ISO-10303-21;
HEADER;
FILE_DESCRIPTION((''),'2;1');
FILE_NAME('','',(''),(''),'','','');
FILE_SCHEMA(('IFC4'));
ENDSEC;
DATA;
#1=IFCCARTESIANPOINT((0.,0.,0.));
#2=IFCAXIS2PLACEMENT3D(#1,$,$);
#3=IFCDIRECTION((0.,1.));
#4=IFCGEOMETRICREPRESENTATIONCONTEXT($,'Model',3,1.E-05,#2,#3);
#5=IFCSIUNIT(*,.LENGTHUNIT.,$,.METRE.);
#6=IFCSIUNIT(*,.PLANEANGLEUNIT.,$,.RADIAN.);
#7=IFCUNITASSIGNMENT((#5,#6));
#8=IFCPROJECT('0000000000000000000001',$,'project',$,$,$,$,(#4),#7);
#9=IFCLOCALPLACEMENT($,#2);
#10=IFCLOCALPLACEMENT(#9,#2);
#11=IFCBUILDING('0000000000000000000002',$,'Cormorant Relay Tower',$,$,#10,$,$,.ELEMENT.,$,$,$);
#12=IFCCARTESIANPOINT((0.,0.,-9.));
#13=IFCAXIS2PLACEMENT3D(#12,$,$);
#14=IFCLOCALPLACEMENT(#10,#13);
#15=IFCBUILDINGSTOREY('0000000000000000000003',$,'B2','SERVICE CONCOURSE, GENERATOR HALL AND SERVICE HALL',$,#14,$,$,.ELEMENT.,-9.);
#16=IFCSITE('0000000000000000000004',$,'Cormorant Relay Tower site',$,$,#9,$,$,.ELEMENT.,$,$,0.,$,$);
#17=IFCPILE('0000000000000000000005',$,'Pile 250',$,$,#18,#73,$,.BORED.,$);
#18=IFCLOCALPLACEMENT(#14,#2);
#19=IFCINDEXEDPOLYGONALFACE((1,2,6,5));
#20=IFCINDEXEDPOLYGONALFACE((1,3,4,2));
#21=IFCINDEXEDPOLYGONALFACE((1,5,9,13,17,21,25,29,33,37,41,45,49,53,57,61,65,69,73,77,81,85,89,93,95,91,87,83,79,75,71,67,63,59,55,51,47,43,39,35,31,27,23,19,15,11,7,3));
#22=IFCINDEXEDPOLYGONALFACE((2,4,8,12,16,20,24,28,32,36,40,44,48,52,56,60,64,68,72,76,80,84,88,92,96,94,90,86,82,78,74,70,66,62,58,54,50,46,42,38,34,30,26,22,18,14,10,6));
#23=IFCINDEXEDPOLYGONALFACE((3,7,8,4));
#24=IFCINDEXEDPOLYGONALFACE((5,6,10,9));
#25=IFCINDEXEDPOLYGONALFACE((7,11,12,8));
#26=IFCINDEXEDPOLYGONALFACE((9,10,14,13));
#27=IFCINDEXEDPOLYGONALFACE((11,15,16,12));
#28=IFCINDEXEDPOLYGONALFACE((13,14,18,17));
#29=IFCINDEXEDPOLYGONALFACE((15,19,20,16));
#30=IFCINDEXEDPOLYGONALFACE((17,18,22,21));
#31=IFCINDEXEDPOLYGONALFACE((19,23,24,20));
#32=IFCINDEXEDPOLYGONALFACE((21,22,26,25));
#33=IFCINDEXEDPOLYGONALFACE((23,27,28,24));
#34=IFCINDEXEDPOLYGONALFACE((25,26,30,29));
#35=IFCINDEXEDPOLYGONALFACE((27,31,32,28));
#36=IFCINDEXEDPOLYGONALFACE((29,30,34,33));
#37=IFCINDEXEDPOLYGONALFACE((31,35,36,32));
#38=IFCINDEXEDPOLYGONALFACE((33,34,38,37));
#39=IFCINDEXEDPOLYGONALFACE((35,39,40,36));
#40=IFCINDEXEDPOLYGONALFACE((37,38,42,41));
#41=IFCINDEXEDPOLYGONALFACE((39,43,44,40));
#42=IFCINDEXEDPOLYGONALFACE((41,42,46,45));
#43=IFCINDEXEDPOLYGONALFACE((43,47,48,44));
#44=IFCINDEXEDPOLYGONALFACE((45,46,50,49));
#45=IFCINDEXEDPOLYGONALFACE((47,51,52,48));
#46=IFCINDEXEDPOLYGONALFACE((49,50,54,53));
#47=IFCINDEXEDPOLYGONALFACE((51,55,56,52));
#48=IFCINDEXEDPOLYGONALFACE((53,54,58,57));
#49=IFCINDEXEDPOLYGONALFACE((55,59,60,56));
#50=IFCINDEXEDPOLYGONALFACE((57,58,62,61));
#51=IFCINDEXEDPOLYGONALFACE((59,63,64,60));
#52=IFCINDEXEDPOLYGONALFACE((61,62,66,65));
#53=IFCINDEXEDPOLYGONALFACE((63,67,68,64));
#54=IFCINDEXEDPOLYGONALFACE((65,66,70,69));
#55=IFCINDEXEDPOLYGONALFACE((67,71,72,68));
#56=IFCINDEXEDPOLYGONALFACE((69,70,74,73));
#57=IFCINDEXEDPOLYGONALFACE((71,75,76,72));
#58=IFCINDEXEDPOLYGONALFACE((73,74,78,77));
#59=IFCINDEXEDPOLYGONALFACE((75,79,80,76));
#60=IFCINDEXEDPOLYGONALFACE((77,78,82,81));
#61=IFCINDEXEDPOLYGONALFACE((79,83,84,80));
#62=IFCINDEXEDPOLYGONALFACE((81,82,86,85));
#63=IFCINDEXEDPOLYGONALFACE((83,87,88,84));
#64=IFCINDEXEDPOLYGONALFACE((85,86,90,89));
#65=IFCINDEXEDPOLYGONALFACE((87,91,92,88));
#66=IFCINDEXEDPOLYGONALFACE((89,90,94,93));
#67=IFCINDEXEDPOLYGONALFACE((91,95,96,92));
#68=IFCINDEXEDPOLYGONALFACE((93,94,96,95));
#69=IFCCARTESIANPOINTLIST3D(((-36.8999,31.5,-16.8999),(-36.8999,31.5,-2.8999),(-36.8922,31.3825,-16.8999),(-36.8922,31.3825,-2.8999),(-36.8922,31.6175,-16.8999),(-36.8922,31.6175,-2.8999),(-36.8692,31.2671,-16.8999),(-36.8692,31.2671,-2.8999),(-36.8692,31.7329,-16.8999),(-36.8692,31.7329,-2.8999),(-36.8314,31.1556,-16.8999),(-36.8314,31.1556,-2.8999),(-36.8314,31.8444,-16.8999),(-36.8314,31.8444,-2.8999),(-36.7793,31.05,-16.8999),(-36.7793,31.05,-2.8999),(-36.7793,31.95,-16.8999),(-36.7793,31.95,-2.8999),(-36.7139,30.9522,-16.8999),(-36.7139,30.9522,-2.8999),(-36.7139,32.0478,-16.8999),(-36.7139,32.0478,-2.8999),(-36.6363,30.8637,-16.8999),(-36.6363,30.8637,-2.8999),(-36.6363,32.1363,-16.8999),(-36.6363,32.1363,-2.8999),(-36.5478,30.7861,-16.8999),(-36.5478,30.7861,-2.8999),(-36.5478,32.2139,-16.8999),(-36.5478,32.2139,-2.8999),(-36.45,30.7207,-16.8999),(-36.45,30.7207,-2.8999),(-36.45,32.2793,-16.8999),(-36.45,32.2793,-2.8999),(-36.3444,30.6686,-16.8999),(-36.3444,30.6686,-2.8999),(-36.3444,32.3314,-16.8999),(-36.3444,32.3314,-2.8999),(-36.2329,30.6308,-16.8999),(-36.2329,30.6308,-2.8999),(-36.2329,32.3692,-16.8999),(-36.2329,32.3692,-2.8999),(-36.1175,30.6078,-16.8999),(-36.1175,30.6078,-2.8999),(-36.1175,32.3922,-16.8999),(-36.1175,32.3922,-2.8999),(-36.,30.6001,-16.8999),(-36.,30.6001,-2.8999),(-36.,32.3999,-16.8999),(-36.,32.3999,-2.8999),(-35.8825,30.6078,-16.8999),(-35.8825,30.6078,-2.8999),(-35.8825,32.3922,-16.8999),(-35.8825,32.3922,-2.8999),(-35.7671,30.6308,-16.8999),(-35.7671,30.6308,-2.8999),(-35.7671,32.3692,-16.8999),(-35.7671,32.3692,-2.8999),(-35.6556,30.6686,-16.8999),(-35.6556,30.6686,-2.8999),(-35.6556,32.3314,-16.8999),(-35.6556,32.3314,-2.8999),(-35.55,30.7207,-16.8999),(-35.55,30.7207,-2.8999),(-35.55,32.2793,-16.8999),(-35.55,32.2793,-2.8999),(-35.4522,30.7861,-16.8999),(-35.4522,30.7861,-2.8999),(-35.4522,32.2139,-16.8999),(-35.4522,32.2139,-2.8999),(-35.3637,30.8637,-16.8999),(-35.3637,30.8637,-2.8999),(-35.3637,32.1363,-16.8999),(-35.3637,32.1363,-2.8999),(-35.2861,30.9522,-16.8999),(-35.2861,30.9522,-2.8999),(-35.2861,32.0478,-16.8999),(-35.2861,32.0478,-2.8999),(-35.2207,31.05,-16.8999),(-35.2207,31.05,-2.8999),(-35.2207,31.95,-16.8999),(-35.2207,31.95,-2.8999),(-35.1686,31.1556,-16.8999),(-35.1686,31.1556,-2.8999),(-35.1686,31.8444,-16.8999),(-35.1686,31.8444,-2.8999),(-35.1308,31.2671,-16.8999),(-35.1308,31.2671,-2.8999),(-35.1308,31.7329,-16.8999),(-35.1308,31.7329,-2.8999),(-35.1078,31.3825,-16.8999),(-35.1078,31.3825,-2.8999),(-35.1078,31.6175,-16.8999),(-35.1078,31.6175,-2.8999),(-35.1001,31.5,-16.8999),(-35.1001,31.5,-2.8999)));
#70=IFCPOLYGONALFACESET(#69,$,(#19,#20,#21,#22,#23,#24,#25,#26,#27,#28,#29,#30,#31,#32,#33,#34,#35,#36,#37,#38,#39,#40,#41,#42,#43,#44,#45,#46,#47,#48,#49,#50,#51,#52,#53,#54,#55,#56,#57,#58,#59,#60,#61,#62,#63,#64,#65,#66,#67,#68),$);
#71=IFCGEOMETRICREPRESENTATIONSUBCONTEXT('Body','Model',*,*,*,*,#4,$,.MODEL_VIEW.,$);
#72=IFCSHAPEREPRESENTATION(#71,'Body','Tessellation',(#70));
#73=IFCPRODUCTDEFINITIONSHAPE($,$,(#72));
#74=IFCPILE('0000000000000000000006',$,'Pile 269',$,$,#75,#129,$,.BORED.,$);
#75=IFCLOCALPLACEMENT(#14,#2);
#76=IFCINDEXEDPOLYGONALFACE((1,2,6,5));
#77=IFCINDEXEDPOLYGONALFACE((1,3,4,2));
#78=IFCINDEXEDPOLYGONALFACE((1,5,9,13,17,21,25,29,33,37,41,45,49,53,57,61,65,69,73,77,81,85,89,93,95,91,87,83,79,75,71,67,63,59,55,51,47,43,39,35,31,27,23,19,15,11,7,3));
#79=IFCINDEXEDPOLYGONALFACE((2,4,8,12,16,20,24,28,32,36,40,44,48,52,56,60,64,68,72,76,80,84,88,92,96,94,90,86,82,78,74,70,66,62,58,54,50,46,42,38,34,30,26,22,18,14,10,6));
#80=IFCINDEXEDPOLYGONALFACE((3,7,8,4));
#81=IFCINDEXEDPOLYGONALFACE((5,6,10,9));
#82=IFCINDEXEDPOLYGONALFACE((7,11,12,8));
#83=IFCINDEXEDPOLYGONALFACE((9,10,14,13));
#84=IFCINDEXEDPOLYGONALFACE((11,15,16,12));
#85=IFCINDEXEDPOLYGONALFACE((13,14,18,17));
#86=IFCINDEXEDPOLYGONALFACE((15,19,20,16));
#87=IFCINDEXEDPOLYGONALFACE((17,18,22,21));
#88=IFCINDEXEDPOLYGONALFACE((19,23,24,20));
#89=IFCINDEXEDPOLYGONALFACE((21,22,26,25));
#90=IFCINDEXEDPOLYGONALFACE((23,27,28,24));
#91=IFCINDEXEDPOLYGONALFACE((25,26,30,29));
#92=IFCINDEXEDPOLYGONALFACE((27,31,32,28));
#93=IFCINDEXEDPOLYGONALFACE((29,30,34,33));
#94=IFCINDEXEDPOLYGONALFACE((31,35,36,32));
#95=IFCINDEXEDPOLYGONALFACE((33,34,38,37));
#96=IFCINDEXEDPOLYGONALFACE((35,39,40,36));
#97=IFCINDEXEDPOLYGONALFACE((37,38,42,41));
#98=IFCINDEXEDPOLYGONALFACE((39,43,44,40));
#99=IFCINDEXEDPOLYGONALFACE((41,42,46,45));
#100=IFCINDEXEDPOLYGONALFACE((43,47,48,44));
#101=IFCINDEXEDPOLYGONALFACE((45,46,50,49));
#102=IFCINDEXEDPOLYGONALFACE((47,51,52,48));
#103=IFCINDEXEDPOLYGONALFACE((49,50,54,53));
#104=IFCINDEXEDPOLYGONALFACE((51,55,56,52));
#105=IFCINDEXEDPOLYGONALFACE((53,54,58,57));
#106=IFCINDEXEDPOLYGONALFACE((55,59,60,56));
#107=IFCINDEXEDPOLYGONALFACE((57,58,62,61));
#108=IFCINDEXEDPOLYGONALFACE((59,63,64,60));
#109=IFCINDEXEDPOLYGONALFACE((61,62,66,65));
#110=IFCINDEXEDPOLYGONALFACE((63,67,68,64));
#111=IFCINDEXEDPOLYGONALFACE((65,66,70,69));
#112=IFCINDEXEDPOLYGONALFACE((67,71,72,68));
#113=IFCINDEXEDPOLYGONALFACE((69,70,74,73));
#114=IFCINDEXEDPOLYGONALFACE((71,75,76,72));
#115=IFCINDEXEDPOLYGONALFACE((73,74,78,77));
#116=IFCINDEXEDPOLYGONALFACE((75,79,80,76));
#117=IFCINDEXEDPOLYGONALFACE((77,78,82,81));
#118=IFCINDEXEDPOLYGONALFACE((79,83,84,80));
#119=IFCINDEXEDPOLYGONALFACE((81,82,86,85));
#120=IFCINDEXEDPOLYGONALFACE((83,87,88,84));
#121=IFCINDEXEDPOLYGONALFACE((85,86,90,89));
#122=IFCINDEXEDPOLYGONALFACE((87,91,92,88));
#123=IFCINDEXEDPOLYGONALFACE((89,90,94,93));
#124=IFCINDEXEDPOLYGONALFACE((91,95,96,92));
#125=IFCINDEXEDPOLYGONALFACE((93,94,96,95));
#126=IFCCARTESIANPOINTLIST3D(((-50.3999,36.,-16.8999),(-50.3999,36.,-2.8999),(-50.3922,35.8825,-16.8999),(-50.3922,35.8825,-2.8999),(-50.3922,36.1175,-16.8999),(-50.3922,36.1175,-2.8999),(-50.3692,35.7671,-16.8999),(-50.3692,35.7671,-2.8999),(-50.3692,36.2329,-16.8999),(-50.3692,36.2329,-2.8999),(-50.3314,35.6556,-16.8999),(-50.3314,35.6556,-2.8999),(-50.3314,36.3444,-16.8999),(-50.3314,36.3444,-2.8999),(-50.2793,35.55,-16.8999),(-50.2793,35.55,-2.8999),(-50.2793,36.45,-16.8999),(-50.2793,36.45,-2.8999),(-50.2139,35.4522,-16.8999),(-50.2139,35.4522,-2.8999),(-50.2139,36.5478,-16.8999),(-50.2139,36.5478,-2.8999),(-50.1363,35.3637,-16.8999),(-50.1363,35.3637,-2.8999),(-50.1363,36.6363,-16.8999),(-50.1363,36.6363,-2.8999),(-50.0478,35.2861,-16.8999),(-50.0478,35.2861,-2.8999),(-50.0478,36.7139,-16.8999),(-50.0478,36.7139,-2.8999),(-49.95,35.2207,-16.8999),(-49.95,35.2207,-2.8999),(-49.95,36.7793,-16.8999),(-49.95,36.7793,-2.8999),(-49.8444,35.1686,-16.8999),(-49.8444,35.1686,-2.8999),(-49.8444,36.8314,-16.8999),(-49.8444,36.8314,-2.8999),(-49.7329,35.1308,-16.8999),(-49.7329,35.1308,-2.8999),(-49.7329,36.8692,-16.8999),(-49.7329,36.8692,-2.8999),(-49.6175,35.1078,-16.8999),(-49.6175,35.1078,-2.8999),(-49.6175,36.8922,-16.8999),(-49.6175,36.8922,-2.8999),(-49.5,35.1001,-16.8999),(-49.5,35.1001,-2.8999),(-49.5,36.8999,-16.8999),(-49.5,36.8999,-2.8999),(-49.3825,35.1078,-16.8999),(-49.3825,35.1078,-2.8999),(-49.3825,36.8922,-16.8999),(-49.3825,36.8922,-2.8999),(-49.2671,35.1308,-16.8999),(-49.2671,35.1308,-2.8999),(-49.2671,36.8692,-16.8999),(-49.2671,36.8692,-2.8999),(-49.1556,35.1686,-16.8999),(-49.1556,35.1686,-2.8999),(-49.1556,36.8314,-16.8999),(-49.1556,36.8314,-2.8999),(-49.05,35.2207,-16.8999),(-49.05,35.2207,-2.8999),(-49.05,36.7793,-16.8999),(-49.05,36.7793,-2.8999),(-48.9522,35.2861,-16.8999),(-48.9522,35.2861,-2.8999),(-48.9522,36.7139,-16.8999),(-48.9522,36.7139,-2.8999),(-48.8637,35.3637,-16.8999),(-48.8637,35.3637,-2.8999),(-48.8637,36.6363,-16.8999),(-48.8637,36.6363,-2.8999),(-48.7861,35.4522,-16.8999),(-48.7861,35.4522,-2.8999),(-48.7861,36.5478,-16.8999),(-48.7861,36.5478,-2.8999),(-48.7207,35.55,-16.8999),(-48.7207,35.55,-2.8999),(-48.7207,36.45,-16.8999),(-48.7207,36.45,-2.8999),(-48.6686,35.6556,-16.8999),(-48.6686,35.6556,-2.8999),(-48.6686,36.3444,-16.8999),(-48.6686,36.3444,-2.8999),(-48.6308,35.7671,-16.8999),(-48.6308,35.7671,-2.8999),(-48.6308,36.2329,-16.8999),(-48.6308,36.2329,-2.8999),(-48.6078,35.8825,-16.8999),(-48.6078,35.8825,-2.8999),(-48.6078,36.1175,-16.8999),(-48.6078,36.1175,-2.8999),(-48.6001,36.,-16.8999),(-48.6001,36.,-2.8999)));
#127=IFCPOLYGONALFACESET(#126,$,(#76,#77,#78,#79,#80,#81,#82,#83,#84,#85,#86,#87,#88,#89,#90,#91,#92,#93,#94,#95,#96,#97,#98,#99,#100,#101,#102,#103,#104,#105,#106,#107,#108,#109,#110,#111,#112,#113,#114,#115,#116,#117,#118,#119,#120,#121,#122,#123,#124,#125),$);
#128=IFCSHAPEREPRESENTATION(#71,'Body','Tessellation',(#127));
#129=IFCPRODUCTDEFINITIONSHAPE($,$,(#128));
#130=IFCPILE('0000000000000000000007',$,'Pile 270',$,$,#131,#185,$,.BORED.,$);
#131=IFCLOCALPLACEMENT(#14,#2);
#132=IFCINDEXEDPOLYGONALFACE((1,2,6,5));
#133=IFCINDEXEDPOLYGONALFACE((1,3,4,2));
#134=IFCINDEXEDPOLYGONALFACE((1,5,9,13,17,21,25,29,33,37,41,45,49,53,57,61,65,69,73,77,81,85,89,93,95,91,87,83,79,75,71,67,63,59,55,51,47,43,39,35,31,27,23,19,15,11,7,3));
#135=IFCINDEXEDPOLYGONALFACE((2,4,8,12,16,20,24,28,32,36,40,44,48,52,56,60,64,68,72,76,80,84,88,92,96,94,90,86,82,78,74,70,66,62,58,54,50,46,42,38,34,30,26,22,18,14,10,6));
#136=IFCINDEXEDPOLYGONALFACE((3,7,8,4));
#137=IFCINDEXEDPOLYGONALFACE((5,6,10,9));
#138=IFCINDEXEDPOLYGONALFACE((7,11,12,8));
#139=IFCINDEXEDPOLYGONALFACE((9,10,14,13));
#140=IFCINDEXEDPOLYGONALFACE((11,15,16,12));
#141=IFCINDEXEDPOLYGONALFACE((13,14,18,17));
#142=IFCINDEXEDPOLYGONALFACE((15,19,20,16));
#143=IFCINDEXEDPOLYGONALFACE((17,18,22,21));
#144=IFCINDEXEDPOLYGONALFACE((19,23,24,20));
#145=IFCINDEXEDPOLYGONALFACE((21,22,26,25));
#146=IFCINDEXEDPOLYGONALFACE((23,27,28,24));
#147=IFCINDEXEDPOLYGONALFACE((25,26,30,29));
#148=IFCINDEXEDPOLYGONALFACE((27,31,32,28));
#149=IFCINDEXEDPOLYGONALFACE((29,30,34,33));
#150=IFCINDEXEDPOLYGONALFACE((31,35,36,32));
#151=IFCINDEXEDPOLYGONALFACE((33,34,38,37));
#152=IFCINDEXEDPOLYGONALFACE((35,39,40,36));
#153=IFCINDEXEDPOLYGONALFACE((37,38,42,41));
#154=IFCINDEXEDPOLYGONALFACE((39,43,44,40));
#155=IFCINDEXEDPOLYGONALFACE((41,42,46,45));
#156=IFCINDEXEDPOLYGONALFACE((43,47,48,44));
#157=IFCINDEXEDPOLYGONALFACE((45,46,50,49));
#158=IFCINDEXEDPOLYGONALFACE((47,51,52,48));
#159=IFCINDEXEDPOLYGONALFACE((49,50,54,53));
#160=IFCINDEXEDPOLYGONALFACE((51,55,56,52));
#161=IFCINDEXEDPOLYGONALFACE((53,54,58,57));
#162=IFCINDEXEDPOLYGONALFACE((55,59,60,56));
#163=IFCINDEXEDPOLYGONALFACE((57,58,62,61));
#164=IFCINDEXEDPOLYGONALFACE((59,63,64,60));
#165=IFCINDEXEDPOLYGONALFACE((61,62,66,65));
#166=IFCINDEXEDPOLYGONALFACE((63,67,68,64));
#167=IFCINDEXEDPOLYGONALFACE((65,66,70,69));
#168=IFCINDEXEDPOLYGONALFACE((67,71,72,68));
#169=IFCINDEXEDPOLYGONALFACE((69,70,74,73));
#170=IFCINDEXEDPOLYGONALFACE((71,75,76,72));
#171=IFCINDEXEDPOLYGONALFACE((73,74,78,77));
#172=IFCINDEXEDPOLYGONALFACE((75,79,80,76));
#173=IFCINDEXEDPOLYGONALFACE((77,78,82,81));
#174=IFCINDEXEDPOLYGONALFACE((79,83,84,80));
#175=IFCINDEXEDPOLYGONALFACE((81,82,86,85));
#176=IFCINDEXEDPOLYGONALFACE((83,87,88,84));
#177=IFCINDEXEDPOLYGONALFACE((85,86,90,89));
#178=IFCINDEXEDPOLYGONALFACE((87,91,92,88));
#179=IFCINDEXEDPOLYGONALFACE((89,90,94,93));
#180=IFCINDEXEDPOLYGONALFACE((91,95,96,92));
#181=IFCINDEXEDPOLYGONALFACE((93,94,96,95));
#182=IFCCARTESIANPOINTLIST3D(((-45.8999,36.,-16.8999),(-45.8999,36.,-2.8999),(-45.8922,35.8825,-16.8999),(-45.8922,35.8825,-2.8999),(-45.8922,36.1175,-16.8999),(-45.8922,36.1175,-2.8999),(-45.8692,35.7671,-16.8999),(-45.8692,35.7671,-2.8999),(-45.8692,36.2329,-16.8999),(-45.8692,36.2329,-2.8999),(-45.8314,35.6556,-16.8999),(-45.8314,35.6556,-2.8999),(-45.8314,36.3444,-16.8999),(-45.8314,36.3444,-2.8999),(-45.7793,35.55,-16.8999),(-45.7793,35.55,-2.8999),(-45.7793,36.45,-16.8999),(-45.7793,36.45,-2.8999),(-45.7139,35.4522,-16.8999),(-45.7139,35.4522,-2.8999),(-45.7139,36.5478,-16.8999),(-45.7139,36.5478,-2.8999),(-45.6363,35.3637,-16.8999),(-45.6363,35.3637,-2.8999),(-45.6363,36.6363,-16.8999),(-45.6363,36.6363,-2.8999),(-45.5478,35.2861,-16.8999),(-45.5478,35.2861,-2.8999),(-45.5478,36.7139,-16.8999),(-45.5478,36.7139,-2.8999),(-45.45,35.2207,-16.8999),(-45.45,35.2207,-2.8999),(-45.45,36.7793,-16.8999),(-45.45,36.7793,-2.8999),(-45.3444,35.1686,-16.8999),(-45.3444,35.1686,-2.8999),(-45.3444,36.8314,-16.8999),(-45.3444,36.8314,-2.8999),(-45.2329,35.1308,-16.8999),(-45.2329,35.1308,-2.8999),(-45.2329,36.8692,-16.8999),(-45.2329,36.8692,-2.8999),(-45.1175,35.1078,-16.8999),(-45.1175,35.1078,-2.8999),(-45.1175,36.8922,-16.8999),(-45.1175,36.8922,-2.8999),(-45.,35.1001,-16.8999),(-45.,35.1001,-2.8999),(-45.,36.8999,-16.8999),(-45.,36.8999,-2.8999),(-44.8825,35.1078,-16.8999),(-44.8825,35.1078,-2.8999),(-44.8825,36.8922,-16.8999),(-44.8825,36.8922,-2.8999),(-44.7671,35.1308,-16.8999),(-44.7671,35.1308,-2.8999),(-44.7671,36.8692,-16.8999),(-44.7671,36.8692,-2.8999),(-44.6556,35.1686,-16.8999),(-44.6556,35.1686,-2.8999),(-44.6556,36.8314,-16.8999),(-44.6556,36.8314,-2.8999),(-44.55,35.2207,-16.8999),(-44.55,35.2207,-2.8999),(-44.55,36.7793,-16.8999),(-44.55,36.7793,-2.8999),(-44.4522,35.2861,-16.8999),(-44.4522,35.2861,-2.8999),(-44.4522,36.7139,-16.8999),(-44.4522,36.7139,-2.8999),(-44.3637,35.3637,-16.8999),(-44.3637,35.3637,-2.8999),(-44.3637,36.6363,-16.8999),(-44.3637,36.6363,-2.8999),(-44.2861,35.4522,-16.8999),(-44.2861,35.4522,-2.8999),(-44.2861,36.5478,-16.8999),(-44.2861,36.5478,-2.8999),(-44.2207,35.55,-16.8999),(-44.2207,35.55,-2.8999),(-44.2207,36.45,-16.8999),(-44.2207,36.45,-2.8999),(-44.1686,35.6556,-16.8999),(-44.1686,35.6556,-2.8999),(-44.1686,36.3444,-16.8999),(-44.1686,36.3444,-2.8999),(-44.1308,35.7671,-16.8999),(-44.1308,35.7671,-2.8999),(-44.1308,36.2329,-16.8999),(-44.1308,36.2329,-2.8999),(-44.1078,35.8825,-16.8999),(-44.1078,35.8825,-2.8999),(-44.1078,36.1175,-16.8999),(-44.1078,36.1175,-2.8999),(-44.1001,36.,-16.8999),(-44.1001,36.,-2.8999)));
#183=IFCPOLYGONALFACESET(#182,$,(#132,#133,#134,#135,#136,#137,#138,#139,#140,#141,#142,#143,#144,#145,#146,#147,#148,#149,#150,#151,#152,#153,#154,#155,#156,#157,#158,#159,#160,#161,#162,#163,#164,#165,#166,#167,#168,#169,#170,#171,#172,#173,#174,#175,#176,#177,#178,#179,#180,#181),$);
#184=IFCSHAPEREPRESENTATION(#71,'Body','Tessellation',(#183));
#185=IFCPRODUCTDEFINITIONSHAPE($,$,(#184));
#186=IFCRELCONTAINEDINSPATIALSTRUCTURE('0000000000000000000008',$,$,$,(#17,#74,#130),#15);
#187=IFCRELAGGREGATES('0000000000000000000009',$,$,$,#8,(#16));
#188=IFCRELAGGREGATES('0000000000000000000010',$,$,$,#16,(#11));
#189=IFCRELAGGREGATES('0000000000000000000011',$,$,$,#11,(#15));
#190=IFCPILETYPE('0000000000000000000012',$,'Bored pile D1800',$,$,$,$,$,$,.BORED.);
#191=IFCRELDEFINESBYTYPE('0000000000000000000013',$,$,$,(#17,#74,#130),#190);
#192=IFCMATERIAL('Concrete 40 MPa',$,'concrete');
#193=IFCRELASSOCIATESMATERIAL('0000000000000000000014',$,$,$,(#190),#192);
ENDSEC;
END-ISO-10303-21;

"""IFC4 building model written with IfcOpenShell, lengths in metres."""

from ifc_helpers import new_model, si_unit, direction, frame, origin, origin_2d, place, context, subcontext, project, spatial, circle, extrude, material, material_profile, profile_set, type_object, element, save


model = new_model("IFC4")

# Units and contexts
model_context = context("Model", 3, precision=1e-05, world=origin(), true_north=direction((0.0, 1.0)))
body_context = subcontext(model_context, "Body", "Model", "MODEL_VIEW")
ifc_project = project(units=[si_unit("LENGTHUNIT", "METRE"), si_unit("PLANEANGLEUNIT", "RADIAN")], contexts=[model_context])

# Site, building, storey
site_placement = place(None, origin())
site = spatial("IfcSite", under=ifc_project, at=site_placement, Name="Cormorant Relay Tower site", CompositionType="ELEMENT", RefElevation=0.0)
building_placement = place(site_placement, origin())
building = spatial("IfcBuilding", under=site, at=building_placement, Name="Cormorant Relay Tower", CompositionType="ELEMENT")
storey_placement = place(building_placement, frame((0.0, 0.0, -9.0)))
storey = spatial("IfcBuildingStorey", under=building, at=storey_placement, Name="B2", Description="SERVICE CONCOURSE, GENERATOR HALL AND SERVICE HALL", CompositionType="ELEMENT", Elevation=-9.0)

# Piles
ifc_material_1 = material(Name="Concrete 40 MPa", Category="concrete")
ifc_material_profile_1 = material_profile(ifc_material_1, circle(Radius=0.8999, at=origin_2d()), Name="BP1800")
ifc_profile_set_1 = profile_set([ifc_material_profile_1], Name="Concrete 40 MPa")
pile_type = type_object("IfcPileType", Name="Bored pile D1800", PredefinedType="BORED", material=ifc_profile_set_1)
for number, where, z_axis, x_axis, name in (
    (1, (-36.0, 31.5, -2.8999), (0.0, 0.0, -1.0), (1.0, 0.0, 0.0), "Pile 250"),
    (2, (-49.5, 36.0, -2.8999), (0.0, 0.0, -1.0), (1.0, 0.0, 0.0), "Pile 269"),
    (3, (-45.0, 36.0, -2.8999), (0.0, 0.0, -1.0), (1.0, 0.0, 0.0), "Pile 270"),
):
    element("IfcPile", number, at=place(storey_placement, frame(where, z_axis=z_axis, x_axis=x_axis)), inside=storey, type_object=pile_type, Name=name, PredefinedType="BORED", context=body_context, shape_type="SweptSolid", body=[
        extrude(circle(Radius=0.8999, at=origin_2d()), origin(), (0.0, 0.0, 1.0), 14.0),
    ])

save(model, "model.ifc")
